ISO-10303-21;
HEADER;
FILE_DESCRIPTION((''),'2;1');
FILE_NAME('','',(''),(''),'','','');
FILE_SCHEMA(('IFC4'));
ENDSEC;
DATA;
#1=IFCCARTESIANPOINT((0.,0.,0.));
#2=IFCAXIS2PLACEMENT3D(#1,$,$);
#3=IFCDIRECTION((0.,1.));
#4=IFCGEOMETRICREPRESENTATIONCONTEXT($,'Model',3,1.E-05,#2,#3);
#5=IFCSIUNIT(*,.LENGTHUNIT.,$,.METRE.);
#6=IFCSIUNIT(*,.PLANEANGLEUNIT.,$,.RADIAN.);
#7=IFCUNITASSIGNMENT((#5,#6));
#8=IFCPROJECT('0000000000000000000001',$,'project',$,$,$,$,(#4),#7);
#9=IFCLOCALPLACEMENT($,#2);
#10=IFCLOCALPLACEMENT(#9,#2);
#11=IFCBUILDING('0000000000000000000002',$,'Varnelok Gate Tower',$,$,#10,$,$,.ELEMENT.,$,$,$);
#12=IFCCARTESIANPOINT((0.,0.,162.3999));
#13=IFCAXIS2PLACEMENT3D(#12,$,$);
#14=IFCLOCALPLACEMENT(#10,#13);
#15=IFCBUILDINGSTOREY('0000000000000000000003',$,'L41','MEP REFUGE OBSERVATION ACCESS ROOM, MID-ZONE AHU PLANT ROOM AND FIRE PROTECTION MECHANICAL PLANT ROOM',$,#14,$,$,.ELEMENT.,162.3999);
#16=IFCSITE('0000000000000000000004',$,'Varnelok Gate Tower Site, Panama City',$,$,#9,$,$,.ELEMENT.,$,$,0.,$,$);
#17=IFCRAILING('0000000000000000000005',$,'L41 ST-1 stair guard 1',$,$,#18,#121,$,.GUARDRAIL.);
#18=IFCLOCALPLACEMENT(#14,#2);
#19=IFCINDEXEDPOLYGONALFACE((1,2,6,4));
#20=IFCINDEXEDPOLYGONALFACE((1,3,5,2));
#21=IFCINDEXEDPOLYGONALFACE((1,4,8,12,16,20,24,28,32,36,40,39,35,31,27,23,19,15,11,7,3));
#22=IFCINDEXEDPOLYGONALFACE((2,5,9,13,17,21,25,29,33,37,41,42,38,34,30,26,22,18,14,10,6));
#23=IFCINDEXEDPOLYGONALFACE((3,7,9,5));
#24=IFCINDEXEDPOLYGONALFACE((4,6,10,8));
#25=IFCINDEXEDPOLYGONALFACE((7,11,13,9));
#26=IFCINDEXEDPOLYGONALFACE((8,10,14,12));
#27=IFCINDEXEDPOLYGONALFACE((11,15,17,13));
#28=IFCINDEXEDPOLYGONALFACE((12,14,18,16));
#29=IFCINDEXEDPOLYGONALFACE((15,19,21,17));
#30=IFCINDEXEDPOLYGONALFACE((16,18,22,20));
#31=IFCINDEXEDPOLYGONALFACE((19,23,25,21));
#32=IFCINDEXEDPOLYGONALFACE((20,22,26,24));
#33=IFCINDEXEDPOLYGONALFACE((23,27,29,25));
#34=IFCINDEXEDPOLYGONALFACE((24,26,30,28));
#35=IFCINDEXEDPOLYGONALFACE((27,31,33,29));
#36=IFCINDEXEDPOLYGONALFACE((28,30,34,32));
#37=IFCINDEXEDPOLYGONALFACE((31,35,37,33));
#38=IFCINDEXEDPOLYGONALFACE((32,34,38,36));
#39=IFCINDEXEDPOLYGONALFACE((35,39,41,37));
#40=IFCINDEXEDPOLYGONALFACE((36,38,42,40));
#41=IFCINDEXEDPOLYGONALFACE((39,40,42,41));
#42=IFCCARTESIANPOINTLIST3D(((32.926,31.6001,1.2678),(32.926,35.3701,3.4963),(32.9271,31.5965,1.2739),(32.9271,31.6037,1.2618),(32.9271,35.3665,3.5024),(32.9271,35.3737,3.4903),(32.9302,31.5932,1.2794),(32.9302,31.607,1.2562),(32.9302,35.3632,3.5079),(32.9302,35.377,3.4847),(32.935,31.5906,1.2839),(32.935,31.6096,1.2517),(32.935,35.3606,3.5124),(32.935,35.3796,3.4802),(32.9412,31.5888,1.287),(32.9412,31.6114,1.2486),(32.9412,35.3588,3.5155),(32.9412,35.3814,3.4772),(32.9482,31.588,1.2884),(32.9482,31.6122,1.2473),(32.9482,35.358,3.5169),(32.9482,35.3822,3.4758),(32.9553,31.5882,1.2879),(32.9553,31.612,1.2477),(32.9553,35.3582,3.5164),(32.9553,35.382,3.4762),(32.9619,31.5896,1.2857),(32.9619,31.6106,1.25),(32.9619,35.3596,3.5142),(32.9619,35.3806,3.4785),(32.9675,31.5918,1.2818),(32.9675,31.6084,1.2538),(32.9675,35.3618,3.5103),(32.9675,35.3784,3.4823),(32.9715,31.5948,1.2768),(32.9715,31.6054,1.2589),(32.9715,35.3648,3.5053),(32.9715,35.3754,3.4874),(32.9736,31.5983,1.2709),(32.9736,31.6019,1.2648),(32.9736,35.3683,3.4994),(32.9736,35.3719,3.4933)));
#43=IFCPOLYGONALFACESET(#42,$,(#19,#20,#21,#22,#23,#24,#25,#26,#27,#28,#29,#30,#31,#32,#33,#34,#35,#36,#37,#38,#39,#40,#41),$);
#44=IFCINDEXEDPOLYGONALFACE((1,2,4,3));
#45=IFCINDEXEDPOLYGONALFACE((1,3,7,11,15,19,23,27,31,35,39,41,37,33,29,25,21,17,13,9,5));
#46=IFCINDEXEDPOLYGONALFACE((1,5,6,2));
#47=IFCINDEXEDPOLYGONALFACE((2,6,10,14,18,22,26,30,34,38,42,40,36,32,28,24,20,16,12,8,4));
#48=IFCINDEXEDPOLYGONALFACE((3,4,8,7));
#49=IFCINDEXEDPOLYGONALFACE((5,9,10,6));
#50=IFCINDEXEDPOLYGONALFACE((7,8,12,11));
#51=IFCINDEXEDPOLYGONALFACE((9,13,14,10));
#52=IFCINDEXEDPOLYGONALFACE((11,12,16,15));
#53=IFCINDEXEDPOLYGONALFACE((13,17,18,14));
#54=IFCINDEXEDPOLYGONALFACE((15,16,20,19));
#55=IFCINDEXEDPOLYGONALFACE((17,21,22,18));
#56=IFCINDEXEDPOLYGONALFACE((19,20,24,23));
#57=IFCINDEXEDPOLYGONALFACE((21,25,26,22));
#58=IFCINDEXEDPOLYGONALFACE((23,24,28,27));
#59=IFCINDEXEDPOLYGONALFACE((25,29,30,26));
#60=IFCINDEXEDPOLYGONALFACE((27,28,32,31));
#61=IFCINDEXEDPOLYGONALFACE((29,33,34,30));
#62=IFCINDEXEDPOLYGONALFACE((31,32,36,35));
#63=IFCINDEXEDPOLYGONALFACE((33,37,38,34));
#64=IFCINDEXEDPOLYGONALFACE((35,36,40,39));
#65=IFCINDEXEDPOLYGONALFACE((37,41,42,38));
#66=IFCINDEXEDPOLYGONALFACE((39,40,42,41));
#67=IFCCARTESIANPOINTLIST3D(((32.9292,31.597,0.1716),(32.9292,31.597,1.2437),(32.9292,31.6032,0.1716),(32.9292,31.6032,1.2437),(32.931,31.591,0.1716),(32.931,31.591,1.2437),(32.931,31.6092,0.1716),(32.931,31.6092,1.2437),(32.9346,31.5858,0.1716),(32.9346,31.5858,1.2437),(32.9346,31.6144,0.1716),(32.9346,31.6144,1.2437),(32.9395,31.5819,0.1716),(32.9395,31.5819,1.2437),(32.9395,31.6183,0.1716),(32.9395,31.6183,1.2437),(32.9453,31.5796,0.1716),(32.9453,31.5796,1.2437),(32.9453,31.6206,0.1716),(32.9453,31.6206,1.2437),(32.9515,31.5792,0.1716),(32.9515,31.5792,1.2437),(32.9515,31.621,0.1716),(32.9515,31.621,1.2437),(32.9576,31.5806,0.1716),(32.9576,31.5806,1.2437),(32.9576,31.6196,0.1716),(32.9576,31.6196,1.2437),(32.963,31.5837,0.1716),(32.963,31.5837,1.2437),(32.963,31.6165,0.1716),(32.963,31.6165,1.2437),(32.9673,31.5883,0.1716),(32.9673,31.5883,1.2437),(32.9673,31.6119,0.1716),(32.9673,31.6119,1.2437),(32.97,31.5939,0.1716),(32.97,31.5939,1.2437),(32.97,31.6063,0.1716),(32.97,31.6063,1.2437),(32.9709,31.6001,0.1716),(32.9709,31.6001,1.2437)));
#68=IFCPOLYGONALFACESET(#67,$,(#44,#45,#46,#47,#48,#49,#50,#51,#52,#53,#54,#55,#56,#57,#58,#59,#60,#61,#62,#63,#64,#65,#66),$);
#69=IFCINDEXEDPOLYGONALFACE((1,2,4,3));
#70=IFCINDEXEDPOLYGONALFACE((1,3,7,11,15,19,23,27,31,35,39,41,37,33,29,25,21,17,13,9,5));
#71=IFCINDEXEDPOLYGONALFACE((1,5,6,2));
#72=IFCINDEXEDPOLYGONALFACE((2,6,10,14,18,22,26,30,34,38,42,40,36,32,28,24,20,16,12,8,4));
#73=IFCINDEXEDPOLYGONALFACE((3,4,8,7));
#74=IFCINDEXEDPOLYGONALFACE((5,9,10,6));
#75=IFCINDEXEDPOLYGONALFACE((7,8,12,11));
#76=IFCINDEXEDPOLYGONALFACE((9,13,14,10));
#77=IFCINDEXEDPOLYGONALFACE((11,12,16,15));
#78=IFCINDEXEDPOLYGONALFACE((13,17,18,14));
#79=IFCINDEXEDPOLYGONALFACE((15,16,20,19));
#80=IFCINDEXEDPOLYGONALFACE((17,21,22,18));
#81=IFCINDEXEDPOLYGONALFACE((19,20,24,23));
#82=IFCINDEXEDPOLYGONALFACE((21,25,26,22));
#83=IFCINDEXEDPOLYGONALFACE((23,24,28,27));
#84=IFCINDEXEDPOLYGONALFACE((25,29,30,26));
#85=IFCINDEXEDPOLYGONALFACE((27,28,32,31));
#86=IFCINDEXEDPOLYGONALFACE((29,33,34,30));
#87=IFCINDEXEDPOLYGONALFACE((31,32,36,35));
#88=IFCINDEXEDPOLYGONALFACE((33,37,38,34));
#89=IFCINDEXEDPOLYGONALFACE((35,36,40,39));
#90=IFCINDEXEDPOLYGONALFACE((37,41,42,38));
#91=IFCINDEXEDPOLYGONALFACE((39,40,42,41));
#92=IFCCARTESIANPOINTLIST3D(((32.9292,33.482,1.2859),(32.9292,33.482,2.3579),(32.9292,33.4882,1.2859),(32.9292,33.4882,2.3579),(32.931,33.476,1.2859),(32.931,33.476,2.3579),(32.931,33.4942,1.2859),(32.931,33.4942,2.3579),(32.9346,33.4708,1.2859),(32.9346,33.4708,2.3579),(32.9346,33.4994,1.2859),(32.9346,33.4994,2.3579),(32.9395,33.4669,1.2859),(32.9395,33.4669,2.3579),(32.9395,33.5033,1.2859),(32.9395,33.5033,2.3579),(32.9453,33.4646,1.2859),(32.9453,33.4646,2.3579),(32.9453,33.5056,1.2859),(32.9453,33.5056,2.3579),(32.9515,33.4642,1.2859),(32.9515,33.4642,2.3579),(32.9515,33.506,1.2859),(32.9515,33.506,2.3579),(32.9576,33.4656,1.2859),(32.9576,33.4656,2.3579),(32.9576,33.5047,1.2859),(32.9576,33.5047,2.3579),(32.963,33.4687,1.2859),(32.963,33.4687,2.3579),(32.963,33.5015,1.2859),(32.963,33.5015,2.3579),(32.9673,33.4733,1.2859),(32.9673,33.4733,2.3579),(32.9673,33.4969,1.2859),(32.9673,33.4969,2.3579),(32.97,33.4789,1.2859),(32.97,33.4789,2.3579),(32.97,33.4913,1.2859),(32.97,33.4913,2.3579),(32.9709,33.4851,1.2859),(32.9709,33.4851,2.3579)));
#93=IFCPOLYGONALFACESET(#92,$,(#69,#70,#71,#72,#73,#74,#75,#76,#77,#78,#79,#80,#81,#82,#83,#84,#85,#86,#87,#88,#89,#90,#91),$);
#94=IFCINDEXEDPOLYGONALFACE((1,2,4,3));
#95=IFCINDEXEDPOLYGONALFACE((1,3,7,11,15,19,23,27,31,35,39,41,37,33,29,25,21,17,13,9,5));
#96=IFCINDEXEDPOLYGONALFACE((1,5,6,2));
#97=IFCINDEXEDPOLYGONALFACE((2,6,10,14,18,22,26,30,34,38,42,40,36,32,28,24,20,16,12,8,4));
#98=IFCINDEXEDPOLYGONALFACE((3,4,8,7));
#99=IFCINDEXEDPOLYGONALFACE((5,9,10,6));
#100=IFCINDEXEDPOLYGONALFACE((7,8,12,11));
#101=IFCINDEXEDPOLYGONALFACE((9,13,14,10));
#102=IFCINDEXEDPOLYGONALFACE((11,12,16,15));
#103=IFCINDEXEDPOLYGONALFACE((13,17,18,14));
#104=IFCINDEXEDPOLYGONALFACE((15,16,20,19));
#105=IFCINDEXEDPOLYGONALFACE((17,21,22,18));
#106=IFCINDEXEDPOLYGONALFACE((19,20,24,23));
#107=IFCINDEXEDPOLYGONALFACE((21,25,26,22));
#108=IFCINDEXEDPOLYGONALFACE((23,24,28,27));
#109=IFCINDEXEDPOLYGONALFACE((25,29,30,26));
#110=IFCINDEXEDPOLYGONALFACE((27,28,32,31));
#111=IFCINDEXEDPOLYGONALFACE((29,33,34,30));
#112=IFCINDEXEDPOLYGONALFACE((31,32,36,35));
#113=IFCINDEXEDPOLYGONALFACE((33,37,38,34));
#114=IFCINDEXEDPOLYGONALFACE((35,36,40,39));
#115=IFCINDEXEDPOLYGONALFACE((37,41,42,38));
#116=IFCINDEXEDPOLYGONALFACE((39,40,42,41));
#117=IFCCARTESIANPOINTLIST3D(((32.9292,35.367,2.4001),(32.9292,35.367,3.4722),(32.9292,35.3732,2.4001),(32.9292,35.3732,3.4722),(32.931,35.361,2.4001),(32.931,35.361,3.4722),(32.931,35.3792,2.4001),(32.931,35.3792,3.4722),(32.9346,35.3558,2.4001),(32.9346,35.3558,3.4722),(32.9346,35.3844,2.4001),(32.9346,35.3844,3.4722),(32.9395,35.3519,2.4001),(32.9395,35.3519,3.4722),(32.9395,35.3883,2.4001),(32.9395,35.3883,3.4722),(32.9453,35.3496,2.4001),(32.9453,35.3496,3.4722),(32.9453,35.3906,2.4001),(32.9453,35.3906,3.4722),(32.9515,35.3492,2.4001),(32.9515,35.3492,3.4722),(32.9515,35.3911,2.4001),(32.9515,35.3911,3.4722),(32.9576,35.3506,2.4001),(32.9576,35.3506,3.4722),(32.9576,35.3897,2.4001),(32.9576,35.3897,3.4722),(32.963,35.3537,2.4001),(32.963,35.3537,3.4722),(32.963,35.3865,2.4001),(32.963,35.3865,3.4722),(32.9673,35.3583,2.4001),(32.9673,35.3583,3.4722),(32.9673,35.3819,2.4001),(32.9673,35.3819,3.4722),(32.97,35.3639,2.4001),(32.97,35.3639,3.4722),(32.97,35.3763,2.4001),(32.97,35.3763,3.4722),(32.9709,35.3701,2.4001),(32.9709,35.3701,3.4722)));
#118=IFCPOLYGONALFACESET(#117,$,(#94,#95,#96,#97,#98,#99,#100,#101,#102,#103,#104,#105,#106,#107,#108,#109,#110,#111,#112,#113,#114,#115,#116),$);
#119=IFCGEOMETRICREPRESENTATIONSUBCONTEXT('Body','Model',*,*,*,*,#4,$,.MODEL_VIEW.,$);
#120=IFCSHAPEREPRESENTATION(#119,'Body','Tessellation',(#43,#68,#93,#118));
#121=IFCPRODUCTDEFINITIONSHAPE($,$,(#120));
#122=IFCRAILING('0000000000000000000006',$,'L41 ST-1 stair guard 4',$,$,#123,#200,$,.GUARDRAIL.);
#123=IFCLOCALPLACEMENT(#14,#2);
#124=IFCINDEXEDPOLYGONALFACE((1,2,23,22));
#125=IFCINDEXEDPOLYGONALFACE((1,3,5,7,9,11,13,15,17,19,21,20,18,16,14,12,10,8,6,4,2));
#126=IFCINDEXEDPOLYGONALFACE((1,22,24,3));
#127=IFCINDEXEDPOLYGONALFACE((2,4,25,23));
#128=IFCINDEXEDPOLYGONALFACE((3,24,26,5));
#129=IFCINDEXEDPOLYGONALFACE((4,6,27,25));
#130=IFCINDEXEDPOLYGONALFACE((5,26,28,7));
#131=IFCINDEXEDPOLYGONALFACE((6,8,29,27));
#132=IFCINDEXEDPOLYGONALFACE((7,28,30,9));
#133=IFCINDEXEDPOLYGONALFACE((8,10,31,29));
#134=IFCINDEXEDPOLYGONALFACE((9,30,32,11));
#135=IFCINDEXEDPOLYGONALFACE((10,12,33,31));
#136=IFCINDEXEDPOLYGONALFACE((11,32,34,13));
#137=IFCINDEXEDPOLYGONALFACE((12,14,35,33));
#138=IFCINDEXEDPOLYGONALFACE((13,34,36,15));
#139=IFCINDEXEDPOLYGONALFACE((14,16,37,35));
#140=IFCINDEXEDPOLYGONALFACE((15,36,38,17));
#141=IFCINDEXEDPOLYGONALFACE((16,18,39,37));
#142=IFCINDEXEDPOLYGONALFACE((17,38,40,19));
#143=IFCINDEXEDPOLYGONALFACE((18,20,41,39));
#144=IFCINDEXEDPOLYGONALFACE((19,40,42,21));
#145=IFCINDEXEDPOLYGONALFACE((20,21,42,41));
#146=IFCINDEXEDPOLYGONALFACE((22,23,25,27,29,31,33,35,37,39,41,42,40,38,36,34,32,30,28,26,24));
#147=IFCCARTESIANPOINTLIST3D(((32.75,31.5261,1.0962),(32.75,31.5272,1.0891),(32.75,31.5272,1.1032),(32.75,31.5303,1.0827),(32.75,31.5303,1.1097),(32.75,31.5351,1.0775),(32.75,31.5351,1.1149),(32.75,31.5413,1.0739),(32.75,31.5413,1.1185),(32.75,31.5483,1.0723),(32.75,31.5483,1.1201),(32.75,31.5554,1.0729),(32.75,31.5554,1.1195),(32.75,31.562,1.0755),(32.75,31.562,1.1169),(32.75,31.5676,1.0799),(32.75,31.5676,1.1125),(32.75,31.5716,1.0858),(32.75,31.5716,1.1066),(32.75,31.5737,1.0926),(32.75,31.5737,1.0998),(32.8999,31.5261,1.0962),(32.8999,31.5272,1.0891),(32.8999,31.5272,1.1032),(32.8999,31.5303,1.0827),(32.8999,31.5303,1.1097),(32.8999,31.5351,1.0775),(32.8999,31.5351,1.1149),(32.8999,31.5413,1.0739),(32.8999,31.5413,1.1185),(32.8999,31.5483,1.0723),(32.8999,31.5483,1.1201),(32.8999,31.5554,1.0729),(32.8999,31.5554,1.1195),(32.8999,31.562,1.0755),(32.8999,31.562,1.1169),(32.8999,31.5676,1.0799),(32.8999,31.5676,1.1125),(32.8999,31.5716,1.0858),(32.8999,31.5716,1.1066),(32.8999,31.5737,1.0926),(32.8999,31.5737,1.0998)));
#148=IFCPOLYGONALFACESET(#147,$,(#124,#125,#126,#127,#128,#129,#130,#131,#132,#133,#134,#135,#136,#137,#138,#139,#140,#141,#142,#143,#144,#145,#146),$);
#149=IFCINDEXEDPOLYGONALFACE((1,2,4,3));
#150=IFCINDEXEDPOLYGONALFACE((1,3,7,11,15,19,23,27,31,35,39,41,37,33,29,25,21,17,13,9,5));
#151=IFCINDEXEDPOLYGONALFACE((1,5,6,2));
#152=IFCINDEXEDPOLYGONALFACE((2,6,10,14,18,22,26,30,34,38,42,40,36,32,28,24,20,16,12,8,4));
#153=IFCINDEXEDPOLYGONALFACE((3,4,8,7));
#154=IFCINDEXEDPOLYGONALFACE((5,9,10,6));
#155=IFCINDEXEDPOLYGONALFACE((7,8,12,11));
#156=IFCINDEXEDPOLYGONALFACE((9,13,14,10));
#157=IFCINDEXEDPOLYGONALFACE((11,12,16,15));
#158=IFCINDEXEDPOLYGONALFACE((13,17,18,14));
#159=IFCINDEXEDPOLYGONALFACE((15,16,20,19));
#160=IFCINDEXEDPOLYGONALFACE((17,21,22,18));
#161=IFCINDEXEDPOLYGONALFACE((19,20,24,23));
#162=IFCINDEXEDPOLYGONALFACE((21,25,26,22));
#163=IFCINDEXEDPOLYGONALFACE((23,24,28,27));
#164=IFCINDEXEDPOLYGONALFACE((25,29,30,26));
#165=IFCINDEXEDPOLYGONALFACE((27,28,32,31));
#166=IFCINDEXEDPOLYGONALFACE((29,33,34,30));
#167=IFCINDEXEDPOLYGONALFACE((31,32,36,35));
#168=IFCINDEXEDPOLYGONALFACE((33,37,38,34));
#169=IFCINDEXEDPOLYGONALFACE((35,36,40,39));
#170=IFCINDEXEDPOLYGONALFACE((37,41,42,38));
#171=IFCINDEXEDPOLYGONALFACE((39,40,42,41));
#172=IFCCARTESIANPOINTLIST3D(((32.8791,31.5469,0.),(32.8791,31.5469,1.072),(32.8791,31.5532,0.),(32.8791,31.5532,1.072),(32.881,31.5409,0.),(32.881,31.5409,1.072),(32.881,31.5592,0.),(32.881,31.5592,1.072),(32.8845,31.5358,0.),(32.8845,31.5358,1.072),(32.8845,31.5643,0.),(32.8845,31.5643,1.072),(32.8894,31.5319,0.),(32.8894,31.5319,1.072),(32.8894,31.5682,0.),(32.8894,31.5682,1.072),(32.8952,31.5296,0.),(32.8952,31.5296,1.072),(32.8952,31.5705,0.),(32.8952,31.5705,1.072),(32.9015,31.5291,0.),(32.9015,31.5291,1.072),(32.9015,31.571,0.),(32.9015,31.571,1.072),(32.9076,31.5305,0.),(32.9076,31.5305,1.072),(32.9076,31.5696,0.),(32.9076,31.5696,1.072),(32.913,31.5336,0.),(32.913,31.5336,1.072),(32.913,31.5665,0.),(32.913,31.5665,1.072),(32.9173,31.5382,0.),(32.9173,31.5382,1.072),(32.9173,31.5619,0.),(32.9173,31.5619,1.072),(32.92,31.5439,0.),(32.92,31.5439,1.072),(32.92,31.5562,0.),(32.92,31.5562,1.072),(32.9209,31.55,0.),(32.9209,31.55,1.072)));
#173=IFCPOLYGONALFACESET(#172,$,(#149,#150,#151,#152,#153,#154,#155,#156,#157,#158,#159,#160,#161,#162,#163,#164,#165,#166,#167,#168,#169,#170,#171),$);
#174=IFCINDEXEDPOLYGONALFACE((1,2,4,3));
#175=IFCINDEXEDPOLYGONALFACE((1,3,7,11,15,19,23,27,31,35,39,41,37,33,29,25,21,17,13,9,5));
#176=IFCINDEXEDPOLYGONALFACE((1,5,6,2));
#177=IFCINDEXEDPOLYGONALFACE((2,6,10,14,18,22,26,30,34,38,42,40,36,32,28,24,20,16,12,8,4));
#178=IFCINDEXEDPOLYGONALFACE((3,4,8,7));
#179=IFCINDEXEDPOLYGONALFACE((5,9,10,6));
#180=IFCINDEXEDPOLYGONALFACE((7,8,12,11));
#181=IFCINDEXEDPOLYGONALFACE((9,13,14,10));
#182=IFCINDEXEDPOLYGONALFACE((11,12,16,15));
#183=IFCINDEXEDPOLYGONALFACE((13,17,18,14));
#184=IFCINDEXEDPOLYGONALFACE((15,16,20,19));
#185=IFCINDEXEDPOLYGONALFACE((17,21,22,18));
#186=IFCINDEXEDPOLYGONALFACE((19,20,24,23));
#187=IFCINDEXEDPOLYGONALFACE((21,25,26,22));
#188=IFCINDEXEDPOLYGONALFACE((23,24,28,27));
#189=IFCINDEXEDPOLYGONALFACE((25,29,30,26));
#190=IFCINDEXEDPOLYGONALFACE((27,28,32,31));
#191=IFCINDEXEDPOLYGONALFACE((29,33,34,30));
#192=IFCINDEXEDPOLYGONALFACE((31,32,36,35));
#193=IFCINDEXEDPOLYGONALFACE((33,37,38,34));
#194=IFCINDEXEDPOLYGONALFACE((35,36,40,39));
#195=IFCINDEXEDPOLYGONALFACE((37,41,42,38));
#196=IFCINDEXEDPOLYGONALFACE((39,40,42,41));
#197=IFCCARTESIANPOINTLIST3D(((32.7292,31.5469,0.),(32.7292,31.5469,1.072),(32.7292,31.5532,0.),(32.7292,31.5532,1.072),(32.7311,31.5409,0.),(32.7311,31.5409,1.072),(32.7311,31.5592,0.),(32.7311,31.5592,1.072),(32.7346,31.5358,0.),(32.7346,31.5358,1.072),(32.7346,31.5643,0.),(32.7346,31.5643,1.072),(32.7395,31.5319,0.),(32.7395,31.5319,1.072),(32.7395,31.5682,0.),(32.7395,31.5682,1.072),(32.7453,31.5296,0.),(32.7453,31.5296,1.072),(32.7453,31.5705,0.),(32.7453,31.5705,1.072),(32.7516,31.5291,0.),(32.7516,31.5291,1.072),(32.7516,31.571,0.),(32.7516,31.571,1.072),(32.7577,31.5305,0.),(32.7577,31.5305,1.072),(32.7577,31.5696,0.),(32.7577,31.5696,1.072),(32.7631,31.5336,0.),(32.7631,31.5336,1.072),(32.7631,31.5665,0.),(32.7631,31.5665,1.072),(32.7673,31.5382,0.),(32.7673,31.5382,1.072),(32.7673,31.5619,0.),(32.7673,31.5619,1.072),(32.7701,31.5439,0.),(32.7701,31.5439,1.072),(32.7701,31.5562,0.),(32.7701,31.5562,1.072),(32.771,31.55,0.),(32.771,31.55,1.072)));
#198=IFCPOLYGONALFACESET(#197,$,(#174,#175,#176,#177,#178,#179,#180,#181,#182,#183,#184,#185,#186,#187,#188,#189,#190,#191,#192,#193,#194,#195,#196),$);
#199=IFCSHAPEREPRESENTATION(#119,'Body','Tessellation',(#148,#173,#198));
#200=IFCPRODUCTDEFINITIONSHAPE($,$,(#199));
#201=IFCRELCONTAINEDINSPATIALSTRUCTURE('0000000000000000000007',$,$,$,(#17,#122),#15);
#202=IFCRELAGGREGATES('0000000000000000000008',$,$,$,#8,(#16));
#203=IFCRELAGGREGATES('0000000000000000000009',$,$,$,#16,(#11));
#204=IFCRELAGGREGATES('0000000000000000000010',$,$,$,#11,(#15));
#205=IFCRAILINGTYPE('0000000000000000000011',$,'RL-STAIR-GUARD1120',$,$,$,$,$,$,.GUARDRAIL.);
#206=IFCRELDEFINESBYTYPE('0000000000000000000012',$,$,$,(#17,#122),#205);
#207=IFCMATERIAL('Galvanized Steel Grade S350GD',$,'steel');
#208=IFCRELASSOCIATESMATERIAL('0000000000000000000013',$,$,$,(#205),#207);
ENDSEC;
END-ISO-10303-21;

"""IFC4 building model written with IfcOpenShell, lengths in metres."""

from ifc_helpers import new_model, si_unit, direction, frame, origin, origin_2d, place, context, subcontext, project, spatial, circle, extrude, material, type_object, element, save


model = new_model("IFC4")

# Units and contexts
model_context = context("Model", 3, precision=1e-05, world=origin(), true_north=direction((0.0, 1.0)))
body_context = subcontext(model_context, "Body", "Model", "MODEL_VIEW")
ifc_project = project(units=[si_unit("LENGTHUNIT", "METRE"), si_unit("PLANEANGLEUNIT", "RADIAN")], contexts=[model_context])

# Site, building, storey
site_placement = place(None, origin())
site = spatial("IfcSite", under=ifc_project, at=site_placement, Name="Varnelok Gate Tower Site, Panama City", CompositionType="ELEMENT", RefElevation=0.0)
building_placement = place(site_placement, origin())
building = spatial("IfcBuilding", under=site, at=building_placement, Name="Varnelok Gate Tower", CompositionType="ELEMENT")
storey_placement = place(building_placement, frame((0.0, 0.0, 162.3999)))
storey = spatial("IfcBuildingStorey", under=building, at=storey_placement, Name="L41", Description="MEP REFUGE OBSERVATION ACCESS ROOM, MID-ZONE AHU PLANT ROOM AND FIRE PROTECTION MECHANICAL PLANT ROOM", CompositionType="ELEMENT", Elevation=162.3999)

# Shared definitions
ifc_material_1 = material(Name="Galvanized Steel Grade S350GD", Category="steel")

# Railings
railing_type_1 = type_object("IfcRailingType", Name="RL-STAIR-GUARD1120", PredefinedType="GUARDRAIL", material=ifc_material_1)
railing_1_placement = place(storey_placement, frame((32.95, 31.6001, 0.1716)))
element("IfcRailing", 1, at=railing_1_placement, inside=storey, type_object=railing_type_1, Name="L41 ST-1 stair guard 1", PredefinedType="GUARDRAIL", context=body_context, shape_type="SweptSolid", body=[
    extrude(circle(Radius=0.0239, at=origin_2d()), frame((0.0, 0.0, 1.0962), z_axis=(0.0, 0.860849, 0.508861), x_axis=(-1.0, 0.0, 0.0)), (0.0, 0.0, 1.0), 4.3794),
    extrude(circle(Radius=0.021, at=origin_2d()), origin(), (0.0, 0.0, 1.0), 1.072),
    extrude(circle(Radius=0.021, at=origin_2d()), frame((0.0, 1.885, 1.1143)), (0.0, 0.0, 1.0), 1.072),
    extrude(circle(Radius=0.021, at=origin_2d()), frame((0.0, 3.77, 2.2285)), (0.0, 0.0, 1.0), 1.072),
])
railing_2_placement = place(storey_placement, frame((32.8999, 31.55, 0.0)))
element("IfcRailing", 2, at=railing_2_placement, inside=storey, type_object=railing_type_1, Name="L41 ST-1 stair guard 4", PredefinedType="GUARDRAIL", context=body_context, shape_type="SweptSolid", body=[
    extrude(circle(Radius=0.0239, at=origin_2d()), frame((0.0, 0.0, 1.0962), z_axis=(-1.0, 0.0, 0.0), x_axis=(0.0, -1.0, 0.0)), (0.0, 0.0, 1.0), 0.1499),
    extrude(circle(Radius=0.021, at=origin_2d()), origin(), (0.0, 0.0, 1.0), 1.072),
    extrude(circle(Radius=0.021, at=origin_2d()), frame((-0.1499, 0.0, 0.0)), (0.0, 0.0, 1.0), 1.072),
])

save(model, "model.ifc")
